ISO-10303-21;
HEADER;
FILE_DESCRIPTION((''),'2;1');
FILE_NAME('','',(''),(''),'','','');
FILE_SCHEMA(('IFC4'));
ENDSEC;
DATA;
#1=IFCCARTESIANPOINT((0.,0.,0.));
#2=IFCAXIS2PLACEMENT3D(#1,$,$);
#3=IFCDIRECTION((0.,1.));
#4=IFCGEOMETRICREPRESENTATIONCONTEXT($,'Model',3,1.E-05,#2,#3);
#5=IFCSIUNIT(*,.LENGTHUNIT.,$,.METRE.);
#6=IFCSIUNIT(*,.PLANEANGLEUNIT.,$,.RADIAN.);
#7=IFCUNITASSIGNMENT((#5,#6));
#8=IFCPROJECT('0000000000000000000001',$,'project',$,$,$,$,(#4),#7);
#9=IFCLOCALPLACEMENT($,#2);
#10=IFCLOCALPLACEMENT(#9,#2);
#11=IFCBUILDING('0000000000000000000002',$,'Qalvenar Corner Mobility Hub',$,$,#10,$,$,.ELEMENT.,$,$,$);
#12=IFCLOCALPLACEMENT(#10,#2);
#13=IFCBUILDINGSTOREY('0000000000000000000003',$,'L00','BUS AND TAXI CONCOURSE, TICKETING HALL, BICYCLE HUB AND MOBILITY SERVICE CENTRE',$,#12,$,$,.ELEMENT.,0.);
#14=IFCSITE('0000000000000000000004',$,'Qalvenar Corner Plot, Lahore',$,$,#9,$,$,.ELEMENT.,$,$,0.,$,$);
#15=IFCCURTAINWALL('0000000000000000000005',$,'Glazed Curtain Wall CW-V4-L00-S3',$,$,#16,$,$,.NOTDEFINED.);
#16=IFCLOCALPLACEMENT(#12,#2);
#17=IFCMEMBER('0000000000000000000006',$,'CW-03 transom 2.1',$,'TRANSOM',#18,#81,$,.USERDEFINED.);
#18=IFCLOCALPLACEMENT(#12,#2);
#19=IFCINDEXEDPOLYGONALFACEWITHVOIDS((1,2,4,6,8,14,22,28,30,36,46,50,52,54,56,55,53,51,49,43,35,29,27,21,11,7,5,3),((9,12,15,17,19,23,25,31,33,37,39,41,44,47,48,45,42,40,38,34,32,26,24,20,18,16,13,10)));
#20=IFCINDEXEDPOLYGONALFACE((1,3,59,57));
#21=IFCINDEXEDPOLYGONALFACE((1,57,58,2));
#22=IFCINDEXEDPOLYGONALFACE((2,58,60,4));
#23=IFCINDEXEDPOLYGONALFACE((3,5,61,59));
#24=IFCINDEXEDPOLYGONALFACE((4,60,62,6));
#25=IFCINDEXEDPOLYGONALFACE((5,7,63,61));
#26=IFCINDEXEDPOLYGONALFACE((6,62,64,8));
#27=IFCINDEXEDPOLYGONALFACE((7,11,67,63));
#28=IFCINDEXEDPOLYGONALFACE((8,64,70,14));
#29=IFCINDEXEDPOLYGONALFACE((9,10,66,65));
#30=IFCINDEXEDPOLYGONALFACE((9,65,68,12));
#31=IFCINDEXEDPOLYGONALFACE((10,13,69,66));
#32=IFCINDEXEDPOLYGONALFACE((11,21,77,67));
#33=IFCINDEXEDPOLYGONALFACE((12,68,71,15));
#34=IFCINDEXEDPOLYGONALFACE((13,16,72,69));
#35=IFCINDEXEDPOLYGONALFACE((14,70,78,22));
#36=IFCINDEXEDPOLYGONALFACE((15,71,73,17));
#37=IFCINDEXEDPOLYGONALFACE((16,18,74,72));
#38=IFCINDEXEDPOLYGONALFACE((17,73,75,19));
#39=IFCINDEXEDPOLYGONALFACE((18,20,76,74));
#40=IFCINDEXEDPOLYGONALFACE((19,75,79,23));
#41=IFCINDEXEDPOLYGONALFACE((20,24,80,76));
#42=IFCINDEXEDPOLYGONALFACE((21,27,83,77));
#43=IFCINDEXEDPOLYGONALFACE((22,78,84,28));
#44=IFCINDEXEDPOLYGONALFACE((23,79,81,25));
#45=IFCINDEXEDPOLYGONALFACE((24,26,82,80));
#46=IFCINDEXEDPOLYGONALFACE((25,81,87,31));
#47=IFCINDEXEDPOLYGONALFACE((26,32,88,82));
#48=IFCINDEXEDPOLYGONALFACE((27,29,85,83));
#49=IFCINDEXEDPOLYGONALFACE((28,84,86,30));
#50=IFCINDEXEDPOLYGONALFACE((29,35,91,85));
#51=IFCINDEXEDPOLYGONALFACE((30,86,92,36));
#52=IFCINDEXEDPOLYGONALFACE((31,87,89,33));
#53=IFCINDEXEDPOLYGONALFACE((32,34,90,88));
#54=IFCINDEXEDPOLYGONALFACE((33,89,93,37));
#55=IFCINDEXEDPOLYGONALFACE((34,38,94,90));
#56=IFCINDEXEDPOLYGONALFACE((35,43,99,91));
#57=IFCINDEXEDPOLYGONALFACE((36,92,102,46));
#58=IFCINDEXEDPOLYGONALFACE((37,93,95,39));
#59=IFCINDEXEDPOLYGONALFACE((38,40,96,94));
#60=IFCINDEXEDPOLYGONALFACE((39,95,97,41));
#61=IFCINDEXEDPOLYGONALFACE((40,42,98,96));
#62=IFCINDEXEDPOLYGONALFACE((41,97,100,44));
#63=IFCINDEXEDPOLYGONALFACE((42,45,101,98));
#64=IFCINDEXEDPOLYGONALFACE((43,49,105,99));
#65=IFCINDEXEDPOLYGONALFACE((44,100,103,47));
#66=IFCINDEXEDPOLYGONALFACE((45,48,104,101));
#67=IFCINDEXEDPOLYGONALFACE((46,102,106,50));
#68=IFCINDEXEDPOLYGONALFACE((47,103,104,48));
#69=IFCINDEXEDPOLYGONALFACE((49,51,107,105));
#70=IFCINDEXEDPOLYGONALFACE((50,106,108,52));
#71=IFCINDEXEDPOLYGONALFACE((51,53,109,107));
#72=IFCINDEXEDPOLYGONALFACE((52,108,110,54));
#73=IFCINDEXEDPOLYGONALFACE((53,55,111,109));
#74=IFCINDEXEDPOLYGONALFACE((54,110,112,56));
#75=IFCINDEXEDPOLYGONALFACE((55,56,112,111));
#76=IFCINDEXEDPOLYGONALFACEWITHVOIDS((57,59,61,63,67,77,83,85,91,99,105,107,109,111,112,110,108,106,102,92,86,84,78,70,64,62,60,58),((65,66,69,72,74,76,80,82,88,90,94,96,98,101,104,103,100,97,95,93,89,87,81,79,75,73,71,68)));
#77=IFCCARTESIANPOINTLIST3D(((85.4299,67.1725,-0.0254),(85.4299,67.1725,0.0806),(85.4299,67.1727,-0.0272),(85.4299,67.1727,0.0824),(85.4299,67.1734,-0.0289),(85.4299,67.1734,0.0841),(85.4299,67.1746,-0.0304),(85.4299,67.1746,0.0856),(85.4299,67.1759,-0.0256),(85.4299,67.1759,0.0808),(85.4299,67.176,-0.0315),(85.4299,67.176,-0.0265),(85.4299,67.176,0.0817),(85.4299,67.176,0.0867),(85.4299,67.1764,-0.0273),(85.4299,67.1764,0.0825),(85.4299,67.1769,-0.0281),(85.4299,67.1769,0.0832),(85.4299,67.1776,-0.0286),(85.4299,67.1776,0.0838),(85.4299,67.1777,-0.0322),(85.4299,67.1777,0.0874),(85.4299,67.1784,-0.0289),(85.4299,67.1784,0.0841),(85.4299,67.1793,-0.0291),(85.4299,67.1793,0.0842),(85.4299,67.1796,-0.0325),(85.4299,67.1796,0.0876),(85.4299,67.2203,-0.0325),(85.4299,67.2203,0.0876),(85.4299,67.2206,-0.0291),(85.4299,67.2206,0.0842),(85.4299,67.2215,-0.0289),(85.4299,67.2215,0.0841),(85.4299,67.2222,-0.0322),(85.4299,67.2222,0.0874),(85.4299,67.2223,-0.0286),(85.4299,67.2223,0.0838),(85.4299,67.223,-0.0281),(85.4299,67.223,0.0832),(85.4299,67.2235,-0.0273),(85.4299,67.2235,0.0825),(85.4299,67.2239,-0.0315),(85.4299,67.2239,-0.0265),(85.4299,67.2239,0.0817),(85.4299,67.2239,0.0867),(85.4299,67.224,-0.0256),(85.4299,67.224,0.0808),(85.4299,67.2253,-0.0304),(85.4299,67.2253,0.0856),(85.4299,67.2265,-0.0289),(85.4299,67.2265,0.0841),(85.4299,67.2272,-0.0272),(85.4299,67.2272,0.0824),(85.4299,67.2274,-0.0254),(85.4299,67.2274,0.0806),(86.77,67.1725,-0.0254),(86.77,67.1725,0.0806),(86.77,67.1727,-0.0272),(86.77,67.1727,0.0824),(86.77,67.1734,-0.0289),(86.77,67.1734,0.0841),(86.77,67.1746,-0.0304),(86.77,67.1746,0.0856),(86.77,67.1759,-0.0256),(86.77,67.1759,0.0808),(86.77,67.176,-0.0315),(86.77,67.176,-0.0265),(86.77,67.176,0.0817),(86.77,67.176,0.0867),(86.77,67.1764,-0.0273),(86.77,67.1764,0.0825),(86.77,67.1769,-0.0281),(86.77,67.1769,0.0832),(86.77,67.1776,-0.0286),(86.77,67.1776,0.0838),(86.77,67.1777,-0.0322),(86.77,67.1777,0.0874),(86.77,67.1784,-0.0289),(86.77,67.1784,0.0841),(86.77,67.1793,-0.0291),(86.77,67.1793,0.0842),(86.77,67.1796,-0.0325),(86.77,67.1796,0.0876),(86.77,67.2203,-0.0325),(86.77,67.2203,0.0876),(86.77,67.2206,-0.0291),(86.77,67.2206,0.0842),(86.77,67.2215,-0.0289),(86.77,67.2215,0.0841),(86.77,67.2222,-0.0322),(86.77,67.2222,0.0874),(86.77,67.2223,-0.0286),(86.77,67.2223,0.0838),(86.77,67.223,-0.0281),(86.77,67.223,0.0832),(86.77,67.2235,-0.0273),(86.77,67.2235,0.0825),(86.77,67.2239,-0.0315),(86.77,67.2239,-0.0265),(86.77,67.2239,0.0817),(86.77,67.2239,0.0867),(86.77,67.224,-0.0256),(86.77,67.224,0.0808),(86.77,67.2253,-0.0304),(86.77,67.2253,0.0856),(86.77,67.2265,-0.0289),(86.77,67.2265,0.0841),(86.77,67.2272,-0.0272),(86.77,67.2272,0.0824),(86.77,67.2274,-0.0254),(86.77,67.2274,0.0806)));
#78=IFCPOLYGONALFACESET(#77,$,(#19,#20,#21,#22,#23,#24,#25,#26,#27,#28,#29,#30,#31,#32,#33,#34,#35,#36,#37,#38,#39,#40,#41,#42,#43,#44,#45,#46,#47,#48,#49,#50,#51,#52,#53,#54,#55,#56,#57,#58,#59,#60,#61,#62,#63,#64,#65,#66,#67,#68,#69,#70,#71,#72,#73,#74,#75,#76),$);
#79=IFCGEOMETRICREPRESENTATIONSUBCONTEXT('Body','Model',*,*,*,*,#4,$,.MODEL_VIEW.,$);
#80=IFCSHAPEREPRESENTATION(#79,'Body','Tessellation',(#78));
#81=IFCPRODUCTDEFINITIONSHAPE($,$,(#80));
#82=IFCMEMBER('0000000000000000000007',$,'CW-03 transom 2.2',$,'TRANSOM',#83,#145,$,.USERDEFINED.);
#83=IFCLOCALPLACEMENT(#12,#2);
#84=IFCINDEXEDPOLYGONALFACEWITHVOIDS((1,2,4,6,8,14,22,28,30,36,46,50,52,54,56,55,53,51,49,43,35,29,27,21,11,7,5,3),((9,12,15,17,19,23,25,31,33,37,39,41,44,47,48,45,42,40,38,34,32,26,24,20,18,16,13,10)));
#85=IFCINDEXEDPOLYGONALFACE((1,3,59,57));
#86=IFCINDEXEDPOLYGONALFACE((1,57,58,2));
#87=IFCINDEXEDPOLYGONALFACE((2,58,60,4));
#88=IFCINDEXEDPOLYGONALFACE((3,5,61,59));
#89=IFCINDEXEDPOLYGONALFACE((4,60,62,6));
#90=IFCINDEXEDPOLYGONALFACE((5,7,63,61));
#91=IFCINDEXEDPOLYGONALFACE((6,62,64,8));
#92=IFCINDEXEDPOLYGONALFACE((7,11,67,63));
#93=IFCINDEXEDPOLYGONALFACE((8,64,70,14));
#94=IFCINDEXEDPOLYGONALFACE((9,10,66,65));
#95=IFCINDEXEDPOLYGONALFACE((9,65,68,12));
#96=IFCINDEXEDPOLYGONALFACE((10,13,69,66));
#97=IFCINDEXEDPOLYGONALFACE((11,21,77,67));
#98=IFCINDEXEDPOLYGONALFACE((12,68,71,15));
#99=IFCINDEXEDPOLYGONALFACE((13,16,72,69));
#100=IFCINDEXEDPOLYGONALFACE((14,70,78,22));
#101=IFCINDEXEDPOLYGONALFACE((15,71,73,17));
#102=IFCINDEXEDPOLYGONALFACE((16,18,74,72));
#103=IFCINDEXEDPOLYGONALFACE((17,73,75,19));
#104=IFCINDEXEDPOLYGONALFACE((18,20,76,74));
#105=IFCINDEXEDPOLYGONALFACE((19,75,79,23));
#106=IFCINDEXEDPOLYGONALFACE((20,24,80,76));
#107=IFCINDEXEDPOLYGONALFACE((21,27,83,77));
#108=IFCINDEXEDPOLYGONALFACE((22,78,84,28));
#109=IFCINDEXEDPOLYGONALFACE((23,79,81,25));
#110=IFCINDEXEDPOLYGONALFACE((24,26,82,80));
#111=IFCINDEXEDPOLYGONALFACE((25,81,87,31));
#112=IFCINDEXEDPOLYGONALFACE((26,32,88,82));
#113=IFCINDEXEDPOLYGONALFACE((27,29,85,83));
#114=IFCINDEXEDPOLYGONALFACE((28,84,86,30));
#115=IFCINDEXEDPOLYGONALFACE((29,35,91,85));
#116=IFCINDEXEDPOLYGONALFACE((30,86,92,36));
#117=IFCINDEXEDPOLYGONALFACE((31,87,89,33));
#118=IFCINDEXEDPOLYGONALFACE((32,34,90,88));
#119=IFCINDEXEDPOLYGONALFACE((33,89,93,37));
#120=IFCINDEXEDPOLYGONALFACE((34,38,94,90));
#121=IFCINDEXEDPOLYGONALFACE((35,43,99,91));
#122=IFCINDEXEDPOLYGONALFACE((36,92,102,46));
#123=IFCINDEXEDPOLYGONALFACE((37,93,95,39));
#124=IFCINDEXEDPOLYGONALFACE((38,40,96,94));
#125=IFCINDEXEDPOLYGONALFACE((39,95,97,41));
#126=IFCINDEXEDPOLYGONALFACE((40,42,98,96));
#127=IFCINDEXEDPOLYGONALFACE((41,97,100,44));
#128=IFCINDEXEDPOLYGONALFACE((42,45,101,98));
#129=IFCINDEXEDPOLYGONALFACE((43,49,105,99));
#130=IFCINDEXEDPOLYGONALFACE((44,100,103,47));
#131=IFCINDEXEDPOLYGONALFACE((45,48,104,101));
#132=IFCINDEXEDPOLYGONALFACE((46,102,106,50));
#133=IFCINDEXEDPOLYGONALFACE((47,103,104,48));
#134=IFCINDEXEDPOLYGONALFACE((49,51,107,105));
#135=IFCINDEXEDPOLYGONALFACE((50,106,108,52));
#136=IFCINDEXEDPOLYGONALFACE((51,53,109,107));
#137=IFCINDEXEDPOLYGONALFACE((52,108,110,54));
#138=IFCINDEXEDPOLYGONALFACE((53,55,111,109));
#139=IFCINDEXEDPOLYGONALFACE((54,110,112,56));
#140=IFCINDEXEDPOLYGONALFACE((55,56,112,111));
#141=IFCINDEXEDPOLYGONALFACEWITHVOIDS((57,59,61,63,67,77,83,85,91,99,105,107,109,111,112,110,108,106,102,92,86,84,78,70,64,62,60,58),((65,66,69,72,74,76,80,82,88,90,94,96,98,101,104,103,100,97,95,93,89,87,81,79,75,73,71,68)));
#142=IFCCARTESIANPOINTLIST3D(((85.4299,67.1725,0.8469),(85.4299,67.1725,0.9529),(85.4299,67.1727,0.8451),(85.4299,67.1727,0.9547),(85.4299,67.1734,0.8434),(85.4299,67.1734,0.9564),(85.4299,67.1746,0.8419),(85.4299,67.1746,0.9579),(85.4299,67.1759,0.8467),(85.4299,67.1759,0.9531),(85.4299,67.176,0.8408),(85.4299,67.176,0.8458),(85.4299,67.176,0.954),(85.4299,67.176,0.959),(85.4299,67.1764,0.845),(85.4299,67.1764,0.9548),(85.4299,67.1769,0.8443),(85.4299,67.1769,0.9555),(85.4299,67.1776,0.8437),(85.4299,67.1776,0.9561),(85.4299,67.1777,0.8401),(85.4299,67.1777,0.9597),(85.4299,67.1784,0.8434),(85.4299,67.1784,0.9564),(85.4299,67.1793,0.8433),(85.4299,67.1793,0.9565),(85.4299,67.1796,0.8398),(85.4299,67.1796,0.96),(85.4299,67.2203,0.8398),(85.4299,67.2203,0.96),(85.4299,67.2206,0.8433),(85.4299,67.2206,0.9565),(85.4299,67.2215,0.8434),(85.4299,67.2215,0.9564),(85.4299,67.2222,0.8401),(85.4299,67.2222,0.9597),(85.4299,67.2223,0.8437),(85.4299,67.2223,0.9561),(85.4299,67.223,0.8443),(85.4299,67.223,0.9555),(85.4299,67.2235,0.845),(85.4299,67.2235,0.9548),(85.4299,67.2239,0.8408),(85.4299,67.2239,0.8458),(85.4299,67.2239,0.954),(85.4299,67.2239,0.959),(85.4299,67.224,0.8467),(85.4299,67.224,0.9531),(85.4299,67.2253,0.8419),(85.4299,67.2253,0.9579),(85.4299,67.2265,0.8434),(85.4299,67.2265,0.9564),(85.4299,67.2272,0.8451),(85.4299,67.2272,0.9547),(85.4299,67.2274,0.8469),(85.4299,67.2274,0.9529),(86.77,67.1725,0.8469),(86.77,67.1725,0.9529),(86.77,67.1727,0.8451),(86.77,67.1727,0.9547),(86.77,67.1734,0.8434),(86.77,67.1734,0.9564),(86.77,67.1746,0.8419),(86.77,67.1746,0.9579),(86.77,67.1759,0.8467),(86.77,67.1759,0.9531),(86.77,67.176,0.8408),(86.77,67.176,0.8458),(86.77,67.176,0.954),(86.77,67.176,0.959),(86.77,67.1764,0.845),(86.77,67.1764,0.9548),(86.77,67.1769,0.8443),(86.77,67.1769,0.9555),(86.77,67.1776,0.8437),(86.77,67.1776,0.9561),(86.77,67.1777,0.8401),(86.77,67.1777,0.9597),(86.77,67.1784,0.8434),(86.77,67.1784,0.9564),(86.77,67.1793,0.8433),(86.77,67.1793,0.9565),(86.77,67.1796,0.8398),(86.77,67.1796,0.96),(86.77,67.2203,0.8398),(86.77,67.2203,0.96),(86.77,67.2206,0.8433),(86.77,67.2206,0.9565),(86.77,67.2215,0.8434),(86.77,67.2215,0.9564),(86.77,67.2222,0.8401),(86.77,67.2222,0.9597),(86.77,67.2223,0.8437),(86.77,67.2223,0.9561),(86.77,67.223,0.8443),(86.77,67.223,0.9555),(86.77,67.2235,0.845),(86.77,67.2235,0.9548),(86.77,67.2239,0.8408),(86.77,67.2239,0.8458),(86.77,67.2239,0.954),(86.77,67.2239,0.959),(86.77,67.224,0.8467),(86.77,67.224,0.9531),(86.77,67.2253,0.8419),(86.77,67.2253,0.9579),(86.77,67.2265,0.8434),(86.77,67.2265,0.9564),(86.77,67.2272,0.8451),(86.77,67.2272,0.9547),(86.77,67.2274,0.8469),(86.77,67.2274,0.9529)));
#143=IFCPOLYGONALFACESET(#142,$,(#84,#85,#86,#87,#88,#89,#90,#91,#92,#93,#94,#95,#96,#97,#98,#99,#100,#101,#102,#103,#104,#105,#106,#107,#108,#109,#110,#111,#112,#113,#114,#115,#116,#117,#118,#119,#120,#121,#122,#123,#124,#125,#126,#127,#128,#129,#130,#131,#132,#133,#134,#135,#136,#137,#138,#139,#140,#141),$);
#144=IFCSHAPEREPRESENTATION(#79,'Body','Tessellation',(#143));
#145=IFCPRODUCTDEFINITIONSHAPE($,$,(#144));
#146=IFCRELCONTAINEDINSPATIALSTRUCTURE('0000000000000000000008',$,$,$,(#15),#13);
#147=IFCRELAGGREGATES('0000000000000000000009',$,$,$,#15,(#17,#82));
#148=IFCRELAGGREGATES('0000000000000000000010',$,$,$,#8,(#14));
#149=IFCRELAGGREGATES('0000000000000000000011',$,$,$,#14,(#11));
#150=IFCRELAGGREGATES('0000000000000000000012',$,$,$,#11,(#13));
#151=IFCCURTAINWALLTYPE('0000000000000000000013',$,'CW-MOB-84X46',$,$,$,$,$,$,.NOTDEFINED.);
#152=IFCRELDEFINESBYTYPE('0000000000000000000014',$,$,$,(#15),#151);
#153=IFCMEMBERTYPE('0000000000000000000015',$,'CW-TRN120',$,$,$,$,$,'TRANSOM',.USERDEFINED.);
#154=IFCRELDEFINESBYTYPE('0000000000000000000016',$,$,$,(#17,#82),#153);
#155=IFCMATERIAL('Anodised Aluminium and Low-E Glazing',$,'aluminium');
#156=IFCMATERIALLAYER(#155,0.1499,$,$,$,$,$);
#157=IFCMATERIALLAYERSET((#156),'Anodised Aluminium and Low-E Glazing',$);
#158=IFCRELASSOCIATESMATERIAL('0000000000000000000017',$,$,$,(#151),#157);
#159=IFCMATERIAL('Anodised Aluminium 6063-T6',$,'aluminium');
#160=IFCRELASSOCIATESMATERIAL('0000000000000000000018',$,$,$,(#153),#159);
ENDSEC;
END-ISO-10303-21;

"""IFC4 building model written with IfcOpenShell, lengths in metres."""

from ifc_helpers import new_model, si_unit, direction, frame, origin, origin_2d, place, context, subcontext, project, spatial, hollow_rectangle, extrude, material, layer, layer_set, material_profile, profile_set, type_object, element, aggregate, save


model = new_model("IFC4")

# Units and contexts
model_context = context("Model", 3, precision=1e-05, world=origin(), true_north=direction((0.0, 1.0)))
body_context = subcontext(model_context, "Body", "Model", "MODEL_VIEW")
ifc_project = project(units=[si_unit("LENGTHUNIT", "METRE"), si_unit("PLANEANGLEUNIT", "RADIAN")], contexts=[model_context])

# Site, building, storey
site_placement = place(None, origin())
site = spatial("IfcSite", under=ifc_project, at=site_placement, Name="Qalvenar Corner Plot, Lahore", CompositionType="ELEMENT", RefElevation=0.0)
building_placement = place(site_placement, origin())
building = spatial("IfcBuilding", under=site, at=building_placement, Name="Qalvenar Corner Mobility Hub", CompositionType="ELEMENT")
storey_placement = place(building_placement, origin())
storey = spatial("IfcBuildingStorey", under=building, at=storey_placement, Name="L00", Description="BUS AND TAXI CONCOURSE, TICKETING HALL, BICYCLE HUB AND MOBILITY SERVICE CENTRE", CompositionType="ELEMENT", Elevation=0.0)

# Curtain wall
ifc_material_1 = material(Name="Anodised Aluminium and Low-E Glazing", Category="aluminium")
ifc_layer_1 = layer(ifc_material_1, 0.1499)
ifc_layer_set_1 = layer_set([ifc_layer_1], Name="Anodised Aluminium and Low-E Glazing")
curtain_wall_type = type_object("IfcCurtainWallType", Name="CW-MOB-84X46", PredefinedType="NOTDEFINED", material=ifc_layer_set_1)
ifc_material_2 = material(Name="Anodised Aluminium 6063-T6", Category="aluminium")
curtain_wall_1_placement = place(storey_placement, origin())
curtain_wall_1 = element("IfcCurtainWall", 1, at=curtain_wall_1_placement, inside=storey, type_object=curtain_wall_type, Name="Glazed Curtain Wall CW-V4-L00-S3", PredefinedType="NOTDEFINED")

# Members
ifc_material_profile_1 = material_profile(ifc_material_2, hollow_rectangle(XDim=0.0549, YDim=0.1201, WallThickness=0.0034, InnerFilletRadius=0.0034, OuterFilletRadius=0.0071, at=origin_2d()), Name="RHS120x55x3.5")
ifc_profile_set_1 = profile_set([ifc_material_profile_1], Name="Anodised Aluminium 6063-T6")
member_type_1 = type_object("IfcMemberType", Name="CW-TRN120", ElementType="TRANSOM", PredefinedType="USERDEFINED", material=ifc_profile_set_1)
member_1_placement = place(storey_placement, frame((85.4299, 67.2, 0.0276), z_axis=(1.0, 0.0, 0.0), x_axis=(0.0, 1.0, 0.0)))
member_1 = element("IfcMember", 2, at=member_1_placement, type_object=member_type_1, Name="CW-03 transom 2.1", ObjectType="TRANSOM", PredefinedType="USERDEFINED", context=body_context, shape_type="SweptSolid", body=[
    extrude(hollow_rectangle(XDim=0.0549, YDim=0.1201, WallThickness=0.0034, InnerFilletRadius=0.0034, OuterFilletRadius=0.0071, at=origin_2d()), origin(), (0.0, 0.0, 1.0), 1.3401),
])
member_2_placement = place(storey_placement, frame((85.4299, 67.2, 0.8999), z_axis=(1.0, 0.0, 0.0), x_axis=(0.0, 1.0, 0.0)))
member_2 = element("IfcMember", 3, at=member_2_placement, type_object=member_type_1, Name="CW-03 transom 2.2", ObjectType="TRANSOM", PredefinedType="USERDEFINED", context=body_context, shape_type="SweptSolid", body=[
    extrude(hollow_rectangle(XDim=0.0549, YDim=0.1201, WallThickness=0.0034, InnerFilletRadius=0.0034, OuterFilletRadius=0.0071, at=origin_2d()), origin(), (0.0, 0.0, 1.0), 1.3401),
])

aggregate(curtain_wall_1, [member_1, member_2])

save(model, "model.ifc")
